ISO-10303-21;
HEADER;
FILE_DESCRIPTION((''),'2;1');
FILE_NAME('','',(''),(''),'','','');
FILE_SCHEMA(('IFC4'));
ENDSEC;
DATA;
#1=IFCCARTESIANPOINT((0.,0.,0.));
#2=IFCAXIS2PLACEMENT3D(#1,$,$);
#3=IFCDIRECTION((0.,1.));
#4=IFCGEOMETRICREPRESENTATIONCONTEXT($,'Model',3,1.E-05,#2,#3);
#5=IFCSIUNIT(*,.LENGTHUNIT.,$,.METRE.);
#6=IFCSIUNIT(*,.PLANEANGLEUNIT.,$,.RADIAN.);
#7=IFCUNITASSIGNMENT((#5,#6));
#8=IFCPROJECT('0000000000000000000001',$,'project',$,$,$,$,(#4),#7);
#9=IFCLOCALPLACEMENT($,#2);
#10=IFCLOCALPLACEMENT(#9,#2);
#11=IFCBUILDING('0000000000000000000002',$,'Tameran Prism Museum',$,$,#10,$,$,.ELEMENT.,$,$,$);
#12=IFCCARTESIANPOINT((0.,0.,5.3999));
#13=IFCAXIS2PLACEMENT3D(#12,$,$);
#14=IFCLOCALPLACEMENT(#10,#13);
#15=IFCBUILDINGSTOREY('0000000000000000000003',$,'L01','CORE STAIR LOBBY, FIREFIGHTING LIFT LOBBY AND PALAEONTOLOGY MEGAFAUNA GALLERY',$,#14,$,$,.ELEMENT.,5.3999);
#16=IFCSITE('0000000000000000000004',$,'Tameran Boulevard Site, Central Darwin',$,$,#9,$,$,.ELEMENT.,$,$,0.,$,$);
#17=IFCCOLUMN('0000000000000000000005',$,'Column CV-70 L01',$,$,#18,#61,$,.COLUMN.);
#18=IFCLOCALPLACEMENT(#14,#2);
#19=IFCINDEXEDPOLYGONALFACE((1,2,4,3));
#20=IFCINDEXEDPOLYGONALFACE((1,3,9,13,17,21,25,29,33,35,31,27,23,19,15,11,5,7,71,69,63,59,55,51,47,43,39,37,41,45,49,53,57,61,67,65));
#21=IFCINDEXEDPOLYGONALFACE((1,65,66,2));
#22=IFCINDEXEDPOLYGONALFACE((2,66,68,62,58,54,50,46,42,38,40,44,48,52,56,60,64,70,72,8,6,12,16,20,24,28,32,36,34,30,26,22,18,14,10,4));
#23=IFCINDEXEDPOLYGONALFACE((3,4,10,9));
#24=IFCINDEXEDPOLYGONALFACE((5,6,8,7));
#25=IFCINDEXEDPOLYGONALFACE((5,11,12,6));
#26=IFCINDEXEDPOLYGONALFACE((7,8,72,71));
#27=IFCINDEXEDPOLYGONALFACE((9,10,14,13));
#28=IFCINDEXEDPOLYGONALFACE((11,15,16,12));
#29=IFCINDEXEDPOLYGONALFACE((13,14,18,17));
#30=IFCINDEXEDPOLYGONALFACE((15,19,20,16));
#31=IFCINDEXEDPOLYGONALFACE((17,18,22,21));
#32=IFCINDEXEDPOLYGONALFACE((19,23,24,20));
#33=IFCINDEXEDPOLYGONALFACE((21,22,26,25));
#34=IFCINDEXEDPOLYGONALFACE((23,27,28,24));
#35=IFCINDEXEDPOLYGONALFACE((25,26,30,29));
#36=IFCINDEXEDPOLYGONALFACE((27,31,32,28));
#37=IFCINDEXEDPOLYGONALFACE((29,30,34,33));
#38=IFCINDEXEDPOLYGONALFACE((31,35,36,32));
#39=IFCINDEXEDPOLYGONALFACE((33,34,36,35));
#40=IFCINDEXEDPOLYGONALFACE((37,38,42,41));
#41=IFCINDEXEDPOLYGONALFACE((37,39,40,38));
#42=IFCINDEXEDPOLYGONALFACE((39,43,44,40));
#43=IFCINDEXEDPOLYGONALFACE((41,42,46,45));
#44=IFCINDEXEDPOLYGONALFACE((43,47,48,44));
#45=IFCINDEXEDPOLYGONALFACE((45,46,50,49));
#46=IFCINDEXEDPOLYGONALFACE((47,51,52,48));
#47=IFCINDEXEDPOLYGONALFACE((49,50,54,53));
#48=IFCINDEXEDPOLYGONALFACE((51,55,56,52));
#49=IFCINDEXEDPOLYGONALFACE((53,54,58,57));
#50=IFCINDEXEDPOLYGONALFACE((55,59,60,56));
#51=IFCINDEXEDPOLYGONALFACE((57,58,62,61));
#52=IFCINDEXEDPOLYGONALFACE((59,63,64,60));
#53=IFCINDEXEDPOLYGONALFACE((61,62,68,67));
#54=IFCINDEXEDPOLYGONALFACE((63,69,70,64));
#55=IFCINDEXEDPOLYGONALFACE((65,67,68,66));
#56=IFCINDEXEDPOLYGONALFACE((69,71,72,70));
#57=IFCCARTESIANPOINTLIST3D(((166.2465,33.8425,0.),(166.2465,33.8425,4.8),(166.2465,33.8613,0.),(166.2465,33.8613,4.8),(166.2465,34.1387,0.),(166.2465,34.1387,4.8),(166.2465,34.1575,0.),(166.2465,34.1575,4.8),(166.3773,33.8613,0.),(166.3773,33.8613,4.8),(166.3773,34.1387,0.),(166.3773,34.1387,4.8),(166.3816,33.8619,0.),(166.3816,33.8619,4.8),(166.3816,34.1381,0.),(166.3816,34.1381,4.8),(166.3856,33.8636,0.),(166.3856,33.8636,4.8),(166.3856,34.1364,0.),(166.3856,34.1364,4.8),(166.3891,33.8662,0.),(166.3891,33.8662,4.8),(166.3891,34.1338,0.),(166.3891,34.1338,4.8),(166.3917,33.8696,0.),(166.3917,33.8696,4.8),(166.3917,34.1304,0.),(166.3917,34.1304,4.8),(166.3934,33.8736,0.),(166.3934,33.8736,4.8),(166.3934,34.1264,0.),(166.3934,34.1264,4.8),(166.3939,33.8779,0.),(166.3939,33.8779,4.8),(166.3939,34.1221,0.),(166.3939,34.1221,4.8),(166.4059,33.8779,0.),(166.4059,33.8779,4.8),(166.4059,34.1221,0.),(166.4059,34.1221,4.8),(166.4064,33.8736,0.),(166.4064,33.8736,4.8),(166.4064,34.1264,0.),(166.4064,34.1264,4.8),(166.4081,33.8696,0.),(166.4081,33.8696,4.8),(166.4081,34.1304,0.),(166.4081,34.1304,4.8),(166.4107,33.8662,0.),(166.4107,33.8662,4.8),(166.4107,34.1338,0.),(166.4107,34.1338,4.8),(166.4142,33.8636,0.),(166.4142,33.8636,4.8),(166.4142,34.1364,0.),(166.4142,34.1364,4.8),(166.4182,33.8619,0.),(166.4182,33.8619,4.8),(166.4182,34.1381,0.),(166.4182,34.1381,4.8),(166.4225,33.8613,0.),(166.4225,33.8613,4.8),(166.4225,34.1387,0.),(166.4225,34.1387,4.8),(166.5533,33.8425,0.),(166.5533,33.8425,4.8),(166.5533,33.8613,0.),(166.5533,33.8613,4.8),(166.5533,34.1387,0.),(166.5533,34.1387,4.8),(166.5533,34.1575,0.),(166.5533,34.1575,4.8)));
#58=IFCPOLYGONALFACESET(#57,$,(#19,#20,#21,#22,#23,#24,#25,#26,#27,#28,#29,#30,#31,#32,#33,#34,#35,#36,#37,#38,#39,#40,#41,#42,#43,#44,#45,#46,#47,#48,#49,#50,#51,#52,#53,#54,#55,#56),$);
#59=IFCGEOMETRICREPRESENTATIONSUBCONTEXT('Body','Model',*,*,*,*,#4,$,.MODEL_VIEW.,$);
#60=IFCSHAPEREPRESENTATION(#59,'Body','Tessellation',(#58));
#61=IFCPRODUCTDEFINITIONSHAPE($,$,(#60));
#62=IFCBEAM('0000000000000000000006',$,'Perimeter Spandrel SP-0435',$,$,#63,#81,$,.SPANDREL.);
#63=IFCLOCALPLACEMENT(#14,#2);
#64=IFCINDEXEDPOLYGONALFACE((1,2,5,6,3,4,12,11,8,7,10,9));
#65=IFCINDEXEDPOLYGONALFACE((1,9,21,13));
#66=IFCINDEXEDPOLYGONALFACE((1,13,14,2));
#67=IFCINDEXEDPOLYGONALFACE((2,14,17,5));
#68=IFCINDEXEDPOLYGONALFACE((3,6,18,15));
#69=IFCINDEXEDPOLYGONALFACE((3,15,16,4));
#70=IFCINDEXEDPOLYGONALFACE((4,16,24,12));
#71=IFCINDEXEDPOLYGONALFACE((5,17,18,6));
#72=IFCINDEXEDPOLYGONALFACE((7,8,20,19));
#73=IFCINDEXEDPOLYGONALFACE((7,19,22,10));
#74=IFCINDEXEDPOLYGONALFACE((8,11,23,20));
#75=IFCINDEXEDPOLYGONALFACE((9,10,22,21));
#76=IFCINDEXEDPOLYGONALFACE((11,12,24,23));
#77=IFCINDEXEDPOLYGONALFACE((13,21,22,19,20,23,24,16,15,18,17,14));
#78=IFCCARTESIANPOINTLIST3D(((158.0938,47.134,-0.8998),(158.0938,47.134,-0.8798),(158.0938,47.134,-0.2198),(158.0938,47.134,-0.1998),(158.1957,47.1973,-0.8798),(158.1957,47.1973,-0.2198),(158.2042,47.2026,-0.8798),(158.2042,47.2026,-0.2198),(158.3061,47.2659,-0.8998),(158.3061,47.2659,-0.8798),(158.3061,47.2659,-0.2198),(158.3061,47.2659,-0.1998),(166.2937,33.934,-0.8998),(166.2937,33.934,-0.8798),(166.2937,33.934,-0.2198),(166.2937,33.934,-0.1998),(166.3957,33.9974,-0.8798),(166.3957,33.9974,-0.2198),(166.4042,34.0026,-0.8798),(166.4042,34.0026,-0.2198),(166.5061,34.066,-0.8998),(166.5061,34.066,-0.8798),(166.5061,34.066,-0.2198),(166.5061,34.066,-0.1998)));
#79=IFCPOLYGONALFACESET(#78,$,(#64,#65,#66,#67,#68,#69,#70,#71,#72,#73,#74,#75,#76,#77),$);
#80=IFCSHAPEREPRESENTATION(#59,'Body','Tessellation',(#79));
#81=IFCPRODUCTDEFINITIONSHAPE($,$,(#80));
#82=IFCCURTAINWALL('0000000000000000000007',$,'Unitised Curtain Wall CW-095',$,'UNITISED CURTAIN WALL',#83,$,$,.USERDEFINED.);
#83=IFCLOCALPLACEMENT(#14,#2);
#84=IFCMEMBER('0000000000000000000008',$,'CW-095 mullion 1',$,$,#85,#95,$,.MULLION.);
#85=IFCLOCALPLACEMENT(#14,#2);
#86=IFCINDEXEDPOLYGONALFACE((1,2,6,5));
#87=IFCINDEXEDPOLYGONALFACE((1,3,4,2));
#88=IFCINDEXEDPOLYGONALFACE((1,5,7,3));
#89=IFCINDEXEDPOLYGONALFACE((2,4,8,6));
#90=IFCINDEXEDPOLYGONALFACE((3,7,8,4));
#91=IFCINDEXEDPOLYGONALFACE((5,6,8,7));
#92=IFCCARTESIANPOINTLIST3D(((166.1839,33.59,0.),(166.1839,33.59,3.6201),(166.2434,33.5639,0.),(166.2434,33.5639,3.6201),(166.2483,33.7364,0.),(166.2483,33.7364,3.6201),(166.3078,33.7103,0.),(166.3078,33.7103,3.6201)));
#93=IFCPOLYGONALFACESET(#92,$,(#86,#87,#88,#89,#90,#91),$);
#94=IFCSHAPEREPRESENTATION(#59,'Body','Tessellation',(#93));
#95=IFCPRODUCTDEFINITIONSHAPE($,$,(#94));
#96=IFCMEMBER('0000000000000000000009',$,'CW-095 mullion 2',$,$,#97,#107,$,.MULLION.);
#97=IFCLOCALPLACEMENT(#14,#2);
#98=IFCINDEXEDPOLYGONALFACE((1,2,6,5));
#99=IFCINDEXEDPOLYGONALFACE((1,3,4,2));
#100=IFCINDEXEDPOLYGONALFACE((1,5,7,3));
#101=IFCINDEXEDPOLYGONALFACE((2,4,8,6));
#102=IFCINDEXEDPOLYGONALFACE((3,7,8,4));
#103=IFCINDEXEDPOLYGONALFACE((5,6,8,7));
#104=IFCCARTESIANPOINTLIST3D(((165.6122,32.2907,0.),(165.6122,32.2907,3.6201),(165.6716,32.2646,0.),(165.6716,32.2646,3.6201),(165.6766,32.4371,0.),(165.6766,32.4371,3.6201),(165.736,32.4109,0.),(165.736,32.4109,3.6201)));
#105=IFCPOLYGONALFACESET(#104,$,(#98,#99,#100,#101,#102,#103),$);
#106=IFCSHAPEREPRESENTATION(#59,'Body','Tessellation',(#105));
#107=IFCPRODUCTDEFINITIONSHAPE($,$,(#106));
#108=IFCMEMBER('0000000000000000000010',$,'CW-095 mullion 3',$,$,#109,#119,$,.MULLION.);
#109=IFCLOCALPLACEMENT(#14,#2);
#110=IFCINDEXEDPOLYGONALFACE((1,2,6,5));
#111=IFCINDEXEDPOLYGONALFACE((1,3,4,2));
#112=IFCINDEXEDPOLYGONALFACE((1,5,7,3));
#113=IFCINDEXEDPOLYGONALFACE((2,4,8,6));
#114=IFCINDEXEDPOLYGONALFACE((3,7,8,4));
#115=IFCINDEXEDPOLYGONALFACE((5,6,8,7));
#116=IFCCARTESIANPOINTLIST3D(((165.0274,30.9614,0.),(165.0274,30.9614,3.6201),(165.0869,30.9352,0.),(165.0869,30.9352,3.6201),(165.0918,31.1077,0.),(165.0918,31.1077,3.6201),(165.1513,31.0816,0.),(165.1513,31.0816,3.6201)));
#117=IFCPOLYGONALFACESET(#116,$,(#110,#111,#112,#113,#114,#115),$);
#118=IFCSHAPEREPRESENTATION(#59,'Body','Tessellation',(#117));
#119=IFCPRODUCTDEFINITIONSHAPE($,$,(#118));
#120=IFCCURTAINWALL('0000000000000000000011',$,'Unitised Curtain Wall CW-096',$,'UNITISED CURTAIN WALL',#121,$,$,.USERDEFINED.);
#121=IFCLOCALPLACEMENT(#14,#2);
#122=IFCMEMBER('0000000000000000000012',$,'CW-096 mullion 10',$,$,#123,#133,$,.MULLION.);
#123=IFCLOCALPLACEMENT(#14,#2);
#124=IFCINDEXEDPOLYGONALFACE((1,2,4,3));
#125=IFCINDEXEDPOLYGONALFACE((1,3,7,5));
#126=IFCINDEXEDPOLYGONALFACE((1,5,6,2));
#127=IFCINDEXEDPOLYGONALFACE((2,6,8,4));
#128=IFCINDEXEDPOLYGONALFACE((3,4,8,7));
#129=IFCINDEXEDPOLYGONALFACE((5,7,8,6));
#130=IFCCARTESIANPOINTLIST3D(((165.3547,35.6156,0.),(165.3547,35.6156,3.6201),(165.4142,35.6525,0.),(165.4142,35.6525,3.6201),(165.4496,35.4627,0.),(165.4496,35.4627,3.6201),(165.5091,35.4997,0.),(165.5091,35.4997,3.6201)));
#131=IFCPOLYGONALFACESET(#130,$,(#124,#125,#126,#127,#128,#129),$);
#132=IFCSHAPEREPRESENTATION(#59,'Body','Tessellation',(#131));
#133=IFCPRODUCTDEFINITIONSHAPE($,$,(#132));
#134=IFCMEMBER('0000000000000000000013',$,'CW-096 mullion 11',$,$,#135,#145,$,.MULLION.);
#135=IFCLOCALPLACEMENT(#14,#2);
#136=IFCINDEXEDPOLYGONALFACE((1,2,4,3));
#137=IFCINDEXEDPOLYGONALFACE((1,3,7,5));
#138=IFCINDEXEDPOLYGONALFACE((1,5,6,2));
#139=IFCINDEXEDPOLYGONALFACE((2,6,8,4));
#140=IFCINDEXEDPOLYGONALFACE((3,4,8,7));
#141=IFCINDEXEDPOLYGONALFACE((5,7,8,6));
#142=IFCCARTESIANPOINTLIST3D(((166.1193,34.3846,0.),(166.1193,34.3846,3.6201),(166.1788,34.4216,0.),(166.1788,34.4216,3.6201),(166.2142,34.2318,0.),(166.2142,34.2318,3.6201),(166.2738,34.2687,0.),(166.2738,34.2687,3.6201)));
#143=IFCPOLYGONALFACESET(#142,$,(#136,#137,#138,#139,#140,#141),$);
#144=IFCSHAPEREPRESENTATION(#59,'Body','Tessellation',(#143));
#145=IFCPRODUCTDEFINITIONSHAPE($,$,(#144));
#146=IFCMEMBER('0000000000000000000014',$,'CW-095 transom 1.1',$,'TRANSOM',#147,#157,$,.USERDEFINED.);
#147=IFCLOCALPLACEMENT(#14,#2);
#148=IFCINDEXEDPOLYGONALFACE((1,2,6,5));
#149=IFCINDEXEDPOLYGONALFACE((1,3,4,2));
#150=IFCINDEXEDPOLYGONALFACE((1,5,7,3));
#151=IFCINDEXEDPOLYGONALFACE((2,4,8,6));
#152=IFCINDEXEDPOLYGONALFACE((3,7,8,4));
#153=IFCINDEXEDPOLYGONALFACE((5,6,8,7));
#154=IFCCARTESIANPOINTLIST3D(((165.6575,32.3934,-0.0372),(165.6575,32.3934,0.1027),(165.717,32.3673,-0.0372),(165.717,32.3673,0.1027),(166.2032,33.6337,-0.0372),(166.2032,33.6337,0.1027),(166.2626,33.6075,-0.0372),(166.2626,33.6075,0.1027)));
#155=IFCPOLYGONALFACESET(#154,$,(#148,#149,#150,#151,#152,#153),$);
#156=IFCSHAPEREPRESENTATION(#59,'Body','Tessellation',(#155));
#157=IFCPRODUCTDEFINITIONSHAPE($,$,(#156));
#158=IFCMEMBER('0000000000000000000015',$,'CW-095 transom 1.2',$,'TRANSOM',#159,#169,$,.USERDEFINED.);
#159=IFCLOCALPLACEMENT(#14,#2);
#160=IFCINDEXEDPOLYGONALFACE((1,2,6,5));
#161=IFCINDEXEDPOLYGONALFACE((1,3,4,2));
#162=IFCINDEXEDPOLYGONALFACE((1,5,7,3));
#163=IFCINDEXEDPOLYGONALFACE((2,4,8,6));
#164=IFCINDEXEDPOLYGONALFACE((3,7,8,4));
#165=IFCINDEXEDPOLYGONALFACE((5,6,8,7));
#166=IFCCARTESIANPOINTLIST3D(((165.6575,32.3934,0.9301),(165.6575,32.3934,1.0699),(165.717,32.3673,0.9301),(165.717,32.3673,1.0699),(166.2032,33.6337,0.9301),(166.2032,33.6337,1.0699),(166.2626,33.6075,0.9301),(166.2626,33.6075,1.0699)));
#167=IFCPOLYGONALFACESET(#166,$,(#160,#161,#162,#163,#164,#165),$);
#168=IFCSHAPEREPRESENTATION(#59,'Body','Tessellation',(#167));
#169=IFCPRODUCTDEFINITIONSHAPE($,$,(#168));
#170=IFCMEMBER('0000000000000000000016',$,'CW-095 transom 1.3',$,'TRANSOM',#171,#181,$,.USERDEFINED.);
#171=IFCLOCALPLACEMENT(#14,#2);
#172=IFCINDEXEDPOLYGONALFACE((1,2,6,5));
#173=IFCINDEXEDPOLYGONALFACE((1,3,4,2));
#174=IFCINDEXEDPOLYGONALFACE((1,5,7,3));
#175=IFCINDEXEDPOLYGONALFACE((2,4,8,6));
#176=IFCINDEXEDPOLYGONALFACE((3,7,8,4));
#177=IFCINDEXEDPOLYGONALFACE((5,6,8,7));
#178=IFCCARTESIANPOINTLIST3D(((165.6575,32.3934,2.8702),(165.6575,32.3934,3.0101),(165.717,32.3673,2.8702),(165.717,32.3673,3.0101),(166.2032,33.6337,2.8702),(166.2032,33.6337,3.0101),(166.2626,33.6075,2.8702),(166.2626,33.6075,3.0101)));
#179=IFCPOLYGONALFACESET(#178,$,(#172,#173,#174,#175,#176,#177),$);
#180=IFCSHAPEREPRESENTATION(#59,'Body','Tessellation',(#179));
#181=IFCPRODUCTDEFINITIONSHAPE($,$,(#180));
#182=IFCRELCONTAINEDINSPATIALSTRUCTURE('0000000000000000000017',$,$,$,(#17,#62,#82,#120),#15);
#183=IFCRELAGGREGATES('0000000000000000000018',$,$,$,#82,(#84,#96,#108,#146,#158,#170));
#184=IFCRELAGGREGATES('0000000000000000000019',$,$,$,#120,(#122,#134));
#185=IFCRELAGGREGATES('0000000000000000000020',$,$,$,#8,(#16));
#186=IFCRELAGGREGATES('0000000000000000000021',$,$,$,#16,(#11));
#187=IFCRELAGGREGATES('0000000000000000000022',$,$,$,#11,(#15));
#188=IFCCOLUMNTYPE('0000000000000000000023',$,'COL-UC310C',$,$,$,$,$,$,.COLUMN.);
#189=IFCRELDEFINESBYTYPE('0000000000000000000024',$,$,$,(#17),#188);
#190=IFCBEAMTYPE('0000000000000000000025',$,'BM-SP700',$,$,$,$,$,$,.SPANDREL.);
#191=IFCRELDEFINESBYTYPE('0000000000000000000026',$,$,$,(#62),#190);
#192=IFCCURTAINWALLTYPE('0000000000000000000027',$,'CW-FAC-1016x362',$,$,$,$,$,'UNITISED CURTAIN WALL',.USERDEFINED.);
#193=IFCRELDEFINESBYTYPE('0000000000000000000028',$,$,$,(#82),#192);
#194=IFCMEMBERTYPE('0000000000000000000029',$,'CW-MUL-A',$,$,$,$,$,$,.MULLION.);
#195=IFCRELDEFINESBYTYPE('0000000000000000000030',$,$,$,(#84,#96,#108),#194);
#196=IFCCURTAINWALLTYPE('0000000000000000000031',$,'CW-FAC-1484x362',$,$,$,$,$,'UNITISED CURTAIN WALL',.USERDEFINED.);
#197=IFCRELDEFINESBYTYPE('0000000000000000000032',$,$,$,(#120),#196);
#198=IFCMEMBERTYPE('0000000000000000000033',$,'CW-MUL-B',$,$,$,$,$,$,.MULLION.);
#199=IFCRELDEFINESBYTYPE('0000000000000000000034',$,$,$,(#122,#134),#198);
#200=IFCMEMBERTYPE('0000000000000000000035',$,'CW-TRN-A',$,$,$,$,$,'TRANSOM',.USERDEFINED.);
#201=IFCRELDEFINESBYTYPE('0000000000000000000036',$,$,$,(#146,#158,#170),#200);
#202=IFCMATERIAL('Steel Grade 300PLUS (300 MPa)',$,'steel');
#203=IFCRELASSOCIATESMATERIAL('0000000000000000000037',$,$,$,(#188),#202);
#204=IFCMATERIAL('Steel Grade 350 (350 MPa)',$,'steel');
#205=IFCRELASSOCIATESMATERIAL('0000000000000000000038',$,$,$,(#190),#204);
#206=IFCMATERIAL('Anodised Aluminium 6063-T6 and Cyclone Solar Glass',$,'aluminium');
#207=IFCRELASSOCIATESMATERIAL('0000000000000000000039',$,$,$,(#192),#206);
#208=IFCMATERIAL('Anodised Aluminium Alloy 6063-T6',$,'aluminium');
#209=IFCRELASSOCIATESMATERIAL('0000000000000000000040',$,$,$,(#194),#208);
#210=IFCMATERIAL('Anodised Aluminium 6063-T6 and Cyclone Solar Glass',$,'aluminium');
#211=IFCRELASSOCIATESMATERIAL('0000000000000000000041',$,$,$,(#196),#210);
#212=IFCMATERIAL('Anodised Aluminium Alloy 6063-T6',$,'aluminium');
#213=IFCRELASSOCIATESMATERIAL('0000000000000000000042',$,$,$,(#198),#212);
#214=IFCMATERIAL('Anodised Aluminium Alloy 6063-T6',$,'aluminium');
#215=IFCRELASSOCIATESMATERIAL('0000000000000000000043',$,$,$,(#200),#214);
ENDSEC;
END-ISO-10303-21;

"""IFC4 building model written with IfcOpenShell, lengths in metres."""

from ifc_helpers import new_model, si_unit, direction, frame, origin, origin_2d, place, context, subcontext, project, spatial, rectangle, i_section, extrude, material, material_profile, profile_set, type_object, element, aggregate, save


model = new_model("IFC4")

# Units and contexts
model_context = context("Model", 3, precision=1e-05, world=origin(), true_north=direction((0.0, 1.0)))
body_context = subcontext(model_context, "Body", "Model", "MODEL_VIEW")
ifc_project = project(units=[si_unit("LENGTHUNIT", "METRE"), si_unit("PLANEANGLEUNIT", "RADIAN")], contexts=[model_context])

# Site, building, storey
site_placement = place(None, origin())
site = spatial("IfcSite", under=ifc_project, at=site_placement, Name="Tameran Boulevard Site, Central Darwin", CompositionType="ELEMENT", RefElevation=0.0)
building_placement = place(site_placement, origin())
building = spatial("IfcBuilding", under=site, at=building_placement, Name="Tameran Prism Museum", CompositionType="ELEMENT")
storey_placement = place(building_placement, frame((0.0, 0.0, 5.3999)))
storey = spatial("IfcBuildingStorey", under=building, at=storey_placement, Name="L01", Description="CORE STAIR LOBBY, FIREFIGHTING LIFT LOBBY AND PALAEONTOLOGY MEGAFAUNA GALLERY", CompositionType="ELEMENT", Elevation=5.3999)

# Column
ifc_material_1 = material(Name="Steel Grade 300PLUS (300 MPa)", Category="steel")
ifc_material_profile_1 = material_profile(ifc_material_1, i_section(OverallWidth=0.3069, OverallDepth=0.3149, WebThickness=0.012, FlangeThickness=0.0188, FilletRadius=0.0166, at=origin_2d()))
ifc_profile_set_1 = profile_set([ifc_material_profile_1])
column_type = type_object("IfcColumnType", Name="COL-UC310C", PredefinedType="COLUMN", material=ifc_profile_set_1)
column_placement = place(storey_placement, frame((166.3999, 34.0, 0.0), z_axis=(0.0, 0.0, 1.0), x_axis=(1.0, 0.0, 0.0)))
element("IfcColumn", 1, at=column_placement, inside=storey, type_object=column_type, Name="Column CV-70 L01", PredefinedType="COLUMN", context=body_context, shape_type="SweptSolid", body=[
    extrude(i_section(OverallWidth=0.3069, OverallDepth=0.3149, WebThickness=0.012, FlangeThickness=0.0188, FilletRadius=0.0166, at=origin_2d()), origin(), (0.0, 0.0, 1.0), 4.8),
])

# Beam
ifc_material_2 = material(Name="Steel Grade 350 (350 MPa)", Category="steel")
ifc_material_profile_2 = material_profile(ifc_material_2, i_section(OverallWidth=0.25, OverallDepth=0.7, WebThickness=0.01, FlangeThickness=0.02, at=origin_2d()))
ifc_profile_set_2 = profile_set([ifc_material_profile_2])
beam_type = type_object("IfcBeamType", Name="BM-SP700", PredefinedType="SPANDREL", material=ifc_profile_set_2)
beam_placement = place(storey_placement, frame((166.3999, 34.0, -0.5498), z_axis=(-0.527682, 0.849442, 0.0), x_axis=(-0.849442, -0.527682, 0.0)))
element("IfcBeam", 2, at=beam_placement, inside=storey, type_object=beam_type, Name="Perimeter Spandrel SP-0435", PredefinedType="SPANDREL", context=body_context, shape_type="SweptSolid", body=[
    extrude(i_section(OverallWidth=0.25, OverallDepth=0.7, WebThickness=0.01, FlangeThickness=0.02, at=origin_2d()), origin(), (0.0, 0.0, 1.0), 15.5396),
])

# Curtain walls, members
ifc_material_3 = material(Name="Anodised Aluminium 6063-T6 and Cyclone Solar Glass", Category="aluminium")
curtain_wall_type_1 = type_object("IfcCurtainWallType", Name="CW-FAC-1016x362", ElementType="UNITISED CURTAIN WALL", PredefinedType="USERDEFINED", material=ifc_material_3)
curtain_wall_1_placement = place(storey_placement, origin())
curtain_wall_1 = element("IfcCurtainWall", 3, at=curtain_wall_1_placement, inside=storey, type_object=curtain_wall_type_1, Name="Unitised Curtain Wall CW-095", ObjectType="UNITISED CURTAIN WALL", PredefinedType="USERDEFINED")
ifc_material_4 = material(Name="Anodised Aluminium Alloy 6063-T6", Category="aluminium")
ifc_material_profile_3 = material_profile(ifc_material_4, rectangle(XDim=0.0649, YDim=0.1599, at=origin_2d()))
ifc_profile_set_3 = profile_set([ifc_material_profile_3])
member_type_1 = type_object("IfcMemberType", Name="CW-MUL-A", PredefinedType="MULLION", material=ifc_profile_set_3)
member_1_placement = place(storey_placement, frame((166.2458, 33.6501, 0.0), z_axis=(0.0, 0.0, 1.0), x_axis=(0.915322, -0.402722, 0.0)))
member_1 = element("IfcMember", 4, at=member_1_placement, type_object=member_type_1, Name="CW-095 mullion 1", PredefinedType="MULLION", context=body_context, shape_type="SweptSolid", body=[
    extrude(rectangle(XDim=0.0649, YDim=0.1599, at=origin_2d()), origin(), (0.0, 0.0, 1.0), 3.6201),
])
member_2_placement = place(storey_placement, frame((165.6741, 32.3508, 0.0), z_axis=(0.0, 0.0, 1.0), x_axis=(0.915322, -0.402722, 0.0)))
member_2 = element("IfcMember", 5, at=member_2_placement, type_object=member_type_1, Name="CW-095 mullion 2", PredefinedType="MULLION", context=body_context, shape_type="SweptSolid", body=[
    extrude(rectangle(XDim=0.0649, YDim=0.1599, at=origin_2d()), origin(), (0.0, 0.0, 1.0), 3.6201),
])
member_3_placement = place(storey_placement, frame((165.0894, 31.0215, 0.0), z_axis=(0.0, 0.0, 1.0), x_axis=(0.915322, -0.402722, 0.0)))
member_3 = element("IfcMember", 6, at=member_3_placement, type_object=member_type_1, Name="CW-095 mullion 3", PredefinedType="MULLION", context=body_context, shape_type="SweptSolid", body=[
    extrude(rectangle(XDim=0.0649, YDim=0.1599, at=origin_2d()), origin(), (0.0, 0.0, 1.0), 3.6201),
])
ifc_material_5 = material(Name="Anodised Aluminium 6063-T6 and Cyclone Solar Glass", Category="aluminium")
curtain_wall_type_2 = type_object("IfcCurtainWallType", Name="CW-FAC-1484x362", ElementType="UNITISED CURTAIN WALL", PredefinedType="USERDEFINED", material=ifc_material_5)
curtain_wall_2_placement = place(storey_placement, origin())
curtain_wall_2 = element("IfcCurtainWall", 7, at=curtain_wall_2_placement, inside=storey, type_object=curtain_wall_type_2, Name="Unitised Curtain Wall CW-096", ObjectType="UNITISED CURTAIN WALL", PredefinedType="USERDEFINED")
ifc_material_6 = material(Name="Anodised Aluminium Alloy 6063-T6", Category="aluminium")
ifc_material_profile_4 = material_profile(ifc_material_6, rectangle(XDim=0.0701, YDim=0.1799, at=origin_2d()))
ifc_profile_set_4 = profile_set([ifc_material_profile_4])
member_type_2 = type_object("IfcMemberType", Name="CW-MUL-B", PredefinedType="MULLION", material=ifc_profile_set_4)
member_4_placement = place(storey_placement, frame((165.4319, 35.5576, 0.0), z_axis=(0.0, 0.0, 1.0), x_axis=(0.849471, 0.527635, 0.0)))
member_4 = element("IfcMember", 8, at=member_4_placement, type_object=member_type_2, Name="CW-096 mullion 10", PredefinedType="MULLION", context=body_context, shape_type="SweptSolid", body=[
    extrude(rectangle(XDim=0.0701, YDim=0.1799, at=origin_2d()), origin(), (0.0, 0.0, 1.0), 3.6201),
])
member_5_placement = place(storey_placement, frame((166.1965, 34.3267, 0.0), z_axis=(0.0, 0.0, 1.0), x_axis=(0.849471, 0.527635, 0.0)))
member_5 = element("IfcMember", 9, at=member_5_placement, type_object=member_type_2, Name="CW-096 mullion 11", PredefinedType="MULLION", context=body_context, shape_type="SweptSolid", body=[
    extrude(rectangle(XDim=0.0701, YDim=0.1799, at=origin_2d()), origin(), (0.0, 0.0, 1.0), 3.6201),
])

# Members
ifc_material_7 = material(Name="Anodised Aluminium Alloy 6063-T6", Category="aluminium")
ifc_material_profile_5 = material_profile(ifc_material_7, rectangle(XDim=0.0649, YDim=0.1399, at=origin_2d()))
ifc_profile_set_5 = profile_set([ifc_material_profile_5])
member_type_3 = type_object("IfcMemberType", Name="CW-TRN-A", ElementType="TRANSOM", PredefinedType="USERDEFINED", material=ifc_profile_set_5)
member_6_placement = place(storey_placement, frame((166.2329, 33.6206, 0.0327), z_axis=(-0.402708, -0.915328, 0.0), x_axis=(0.915328, -0.402708, 0.0)))
member_6 = element("IfcMember", 10, at=member_6_placement, type_object=member_type_3, Name="CW-095 transom 1.1", ObjectType="TRANSOM", PredefinedType="USERDEFINED", context=body_context, shape_type="SweptSolid", body=[
    extrude(rectangle(XDim=0.0649, YDim=0.1399, at=origin_2d()), origin(), (0.0, 0.0, 1.0), 1.355),
])
member_7_placement = place(storey_placement, frame((166.2329, 33.6206, 1.0), z_axis=(-0.402708, -0.915328, 0.0), x_axis=(0.915328, -0.402708, 0.0)))
member_7 = element("IfcMember", 11, at=member_7_placement, type_object=member_type_3, Name="CW-095 transom 1.2", ObjectType="TRANSOM", PredefinedType="USERDEFINED", context=body_context, shape_type="SweptSolid", body=[
    extrude(rectangle(XDim=0.0649, YDim=0.1399, at=origin_2d()), origin(), (0.0, 0.0, 1.0), 1.355),
])
member_8_placement = place(storey_placement, frame((166.2329, 33.6206, 2.9402), z_axis=(-0.402708, -0.915328, 0.0), x_axis=(0.915328, -0.402708, 0.0)))
member_8 = element("IfcMember", 12, at=member_8_placement, type_object=member_type_3, Name="CW-095 transom 1.3", ObjectType="TRANSOM", PredefinedType="USERDEFINED", context=body_context, shape_type="SweptSolid", body=[
    extrude(rectangle(XDim=0.0649, YDim=0.1399, at=origin_2d()), origin(), (0.0, 0.0, 1.0), 1.355),
])

aggregate(curtain_wall_1, [member_1, member_2, member_3, member_6, member_7, member_8])
aggregate(curtain_wall_2, [member_4, member_5])

save(model, "model.ifc")
